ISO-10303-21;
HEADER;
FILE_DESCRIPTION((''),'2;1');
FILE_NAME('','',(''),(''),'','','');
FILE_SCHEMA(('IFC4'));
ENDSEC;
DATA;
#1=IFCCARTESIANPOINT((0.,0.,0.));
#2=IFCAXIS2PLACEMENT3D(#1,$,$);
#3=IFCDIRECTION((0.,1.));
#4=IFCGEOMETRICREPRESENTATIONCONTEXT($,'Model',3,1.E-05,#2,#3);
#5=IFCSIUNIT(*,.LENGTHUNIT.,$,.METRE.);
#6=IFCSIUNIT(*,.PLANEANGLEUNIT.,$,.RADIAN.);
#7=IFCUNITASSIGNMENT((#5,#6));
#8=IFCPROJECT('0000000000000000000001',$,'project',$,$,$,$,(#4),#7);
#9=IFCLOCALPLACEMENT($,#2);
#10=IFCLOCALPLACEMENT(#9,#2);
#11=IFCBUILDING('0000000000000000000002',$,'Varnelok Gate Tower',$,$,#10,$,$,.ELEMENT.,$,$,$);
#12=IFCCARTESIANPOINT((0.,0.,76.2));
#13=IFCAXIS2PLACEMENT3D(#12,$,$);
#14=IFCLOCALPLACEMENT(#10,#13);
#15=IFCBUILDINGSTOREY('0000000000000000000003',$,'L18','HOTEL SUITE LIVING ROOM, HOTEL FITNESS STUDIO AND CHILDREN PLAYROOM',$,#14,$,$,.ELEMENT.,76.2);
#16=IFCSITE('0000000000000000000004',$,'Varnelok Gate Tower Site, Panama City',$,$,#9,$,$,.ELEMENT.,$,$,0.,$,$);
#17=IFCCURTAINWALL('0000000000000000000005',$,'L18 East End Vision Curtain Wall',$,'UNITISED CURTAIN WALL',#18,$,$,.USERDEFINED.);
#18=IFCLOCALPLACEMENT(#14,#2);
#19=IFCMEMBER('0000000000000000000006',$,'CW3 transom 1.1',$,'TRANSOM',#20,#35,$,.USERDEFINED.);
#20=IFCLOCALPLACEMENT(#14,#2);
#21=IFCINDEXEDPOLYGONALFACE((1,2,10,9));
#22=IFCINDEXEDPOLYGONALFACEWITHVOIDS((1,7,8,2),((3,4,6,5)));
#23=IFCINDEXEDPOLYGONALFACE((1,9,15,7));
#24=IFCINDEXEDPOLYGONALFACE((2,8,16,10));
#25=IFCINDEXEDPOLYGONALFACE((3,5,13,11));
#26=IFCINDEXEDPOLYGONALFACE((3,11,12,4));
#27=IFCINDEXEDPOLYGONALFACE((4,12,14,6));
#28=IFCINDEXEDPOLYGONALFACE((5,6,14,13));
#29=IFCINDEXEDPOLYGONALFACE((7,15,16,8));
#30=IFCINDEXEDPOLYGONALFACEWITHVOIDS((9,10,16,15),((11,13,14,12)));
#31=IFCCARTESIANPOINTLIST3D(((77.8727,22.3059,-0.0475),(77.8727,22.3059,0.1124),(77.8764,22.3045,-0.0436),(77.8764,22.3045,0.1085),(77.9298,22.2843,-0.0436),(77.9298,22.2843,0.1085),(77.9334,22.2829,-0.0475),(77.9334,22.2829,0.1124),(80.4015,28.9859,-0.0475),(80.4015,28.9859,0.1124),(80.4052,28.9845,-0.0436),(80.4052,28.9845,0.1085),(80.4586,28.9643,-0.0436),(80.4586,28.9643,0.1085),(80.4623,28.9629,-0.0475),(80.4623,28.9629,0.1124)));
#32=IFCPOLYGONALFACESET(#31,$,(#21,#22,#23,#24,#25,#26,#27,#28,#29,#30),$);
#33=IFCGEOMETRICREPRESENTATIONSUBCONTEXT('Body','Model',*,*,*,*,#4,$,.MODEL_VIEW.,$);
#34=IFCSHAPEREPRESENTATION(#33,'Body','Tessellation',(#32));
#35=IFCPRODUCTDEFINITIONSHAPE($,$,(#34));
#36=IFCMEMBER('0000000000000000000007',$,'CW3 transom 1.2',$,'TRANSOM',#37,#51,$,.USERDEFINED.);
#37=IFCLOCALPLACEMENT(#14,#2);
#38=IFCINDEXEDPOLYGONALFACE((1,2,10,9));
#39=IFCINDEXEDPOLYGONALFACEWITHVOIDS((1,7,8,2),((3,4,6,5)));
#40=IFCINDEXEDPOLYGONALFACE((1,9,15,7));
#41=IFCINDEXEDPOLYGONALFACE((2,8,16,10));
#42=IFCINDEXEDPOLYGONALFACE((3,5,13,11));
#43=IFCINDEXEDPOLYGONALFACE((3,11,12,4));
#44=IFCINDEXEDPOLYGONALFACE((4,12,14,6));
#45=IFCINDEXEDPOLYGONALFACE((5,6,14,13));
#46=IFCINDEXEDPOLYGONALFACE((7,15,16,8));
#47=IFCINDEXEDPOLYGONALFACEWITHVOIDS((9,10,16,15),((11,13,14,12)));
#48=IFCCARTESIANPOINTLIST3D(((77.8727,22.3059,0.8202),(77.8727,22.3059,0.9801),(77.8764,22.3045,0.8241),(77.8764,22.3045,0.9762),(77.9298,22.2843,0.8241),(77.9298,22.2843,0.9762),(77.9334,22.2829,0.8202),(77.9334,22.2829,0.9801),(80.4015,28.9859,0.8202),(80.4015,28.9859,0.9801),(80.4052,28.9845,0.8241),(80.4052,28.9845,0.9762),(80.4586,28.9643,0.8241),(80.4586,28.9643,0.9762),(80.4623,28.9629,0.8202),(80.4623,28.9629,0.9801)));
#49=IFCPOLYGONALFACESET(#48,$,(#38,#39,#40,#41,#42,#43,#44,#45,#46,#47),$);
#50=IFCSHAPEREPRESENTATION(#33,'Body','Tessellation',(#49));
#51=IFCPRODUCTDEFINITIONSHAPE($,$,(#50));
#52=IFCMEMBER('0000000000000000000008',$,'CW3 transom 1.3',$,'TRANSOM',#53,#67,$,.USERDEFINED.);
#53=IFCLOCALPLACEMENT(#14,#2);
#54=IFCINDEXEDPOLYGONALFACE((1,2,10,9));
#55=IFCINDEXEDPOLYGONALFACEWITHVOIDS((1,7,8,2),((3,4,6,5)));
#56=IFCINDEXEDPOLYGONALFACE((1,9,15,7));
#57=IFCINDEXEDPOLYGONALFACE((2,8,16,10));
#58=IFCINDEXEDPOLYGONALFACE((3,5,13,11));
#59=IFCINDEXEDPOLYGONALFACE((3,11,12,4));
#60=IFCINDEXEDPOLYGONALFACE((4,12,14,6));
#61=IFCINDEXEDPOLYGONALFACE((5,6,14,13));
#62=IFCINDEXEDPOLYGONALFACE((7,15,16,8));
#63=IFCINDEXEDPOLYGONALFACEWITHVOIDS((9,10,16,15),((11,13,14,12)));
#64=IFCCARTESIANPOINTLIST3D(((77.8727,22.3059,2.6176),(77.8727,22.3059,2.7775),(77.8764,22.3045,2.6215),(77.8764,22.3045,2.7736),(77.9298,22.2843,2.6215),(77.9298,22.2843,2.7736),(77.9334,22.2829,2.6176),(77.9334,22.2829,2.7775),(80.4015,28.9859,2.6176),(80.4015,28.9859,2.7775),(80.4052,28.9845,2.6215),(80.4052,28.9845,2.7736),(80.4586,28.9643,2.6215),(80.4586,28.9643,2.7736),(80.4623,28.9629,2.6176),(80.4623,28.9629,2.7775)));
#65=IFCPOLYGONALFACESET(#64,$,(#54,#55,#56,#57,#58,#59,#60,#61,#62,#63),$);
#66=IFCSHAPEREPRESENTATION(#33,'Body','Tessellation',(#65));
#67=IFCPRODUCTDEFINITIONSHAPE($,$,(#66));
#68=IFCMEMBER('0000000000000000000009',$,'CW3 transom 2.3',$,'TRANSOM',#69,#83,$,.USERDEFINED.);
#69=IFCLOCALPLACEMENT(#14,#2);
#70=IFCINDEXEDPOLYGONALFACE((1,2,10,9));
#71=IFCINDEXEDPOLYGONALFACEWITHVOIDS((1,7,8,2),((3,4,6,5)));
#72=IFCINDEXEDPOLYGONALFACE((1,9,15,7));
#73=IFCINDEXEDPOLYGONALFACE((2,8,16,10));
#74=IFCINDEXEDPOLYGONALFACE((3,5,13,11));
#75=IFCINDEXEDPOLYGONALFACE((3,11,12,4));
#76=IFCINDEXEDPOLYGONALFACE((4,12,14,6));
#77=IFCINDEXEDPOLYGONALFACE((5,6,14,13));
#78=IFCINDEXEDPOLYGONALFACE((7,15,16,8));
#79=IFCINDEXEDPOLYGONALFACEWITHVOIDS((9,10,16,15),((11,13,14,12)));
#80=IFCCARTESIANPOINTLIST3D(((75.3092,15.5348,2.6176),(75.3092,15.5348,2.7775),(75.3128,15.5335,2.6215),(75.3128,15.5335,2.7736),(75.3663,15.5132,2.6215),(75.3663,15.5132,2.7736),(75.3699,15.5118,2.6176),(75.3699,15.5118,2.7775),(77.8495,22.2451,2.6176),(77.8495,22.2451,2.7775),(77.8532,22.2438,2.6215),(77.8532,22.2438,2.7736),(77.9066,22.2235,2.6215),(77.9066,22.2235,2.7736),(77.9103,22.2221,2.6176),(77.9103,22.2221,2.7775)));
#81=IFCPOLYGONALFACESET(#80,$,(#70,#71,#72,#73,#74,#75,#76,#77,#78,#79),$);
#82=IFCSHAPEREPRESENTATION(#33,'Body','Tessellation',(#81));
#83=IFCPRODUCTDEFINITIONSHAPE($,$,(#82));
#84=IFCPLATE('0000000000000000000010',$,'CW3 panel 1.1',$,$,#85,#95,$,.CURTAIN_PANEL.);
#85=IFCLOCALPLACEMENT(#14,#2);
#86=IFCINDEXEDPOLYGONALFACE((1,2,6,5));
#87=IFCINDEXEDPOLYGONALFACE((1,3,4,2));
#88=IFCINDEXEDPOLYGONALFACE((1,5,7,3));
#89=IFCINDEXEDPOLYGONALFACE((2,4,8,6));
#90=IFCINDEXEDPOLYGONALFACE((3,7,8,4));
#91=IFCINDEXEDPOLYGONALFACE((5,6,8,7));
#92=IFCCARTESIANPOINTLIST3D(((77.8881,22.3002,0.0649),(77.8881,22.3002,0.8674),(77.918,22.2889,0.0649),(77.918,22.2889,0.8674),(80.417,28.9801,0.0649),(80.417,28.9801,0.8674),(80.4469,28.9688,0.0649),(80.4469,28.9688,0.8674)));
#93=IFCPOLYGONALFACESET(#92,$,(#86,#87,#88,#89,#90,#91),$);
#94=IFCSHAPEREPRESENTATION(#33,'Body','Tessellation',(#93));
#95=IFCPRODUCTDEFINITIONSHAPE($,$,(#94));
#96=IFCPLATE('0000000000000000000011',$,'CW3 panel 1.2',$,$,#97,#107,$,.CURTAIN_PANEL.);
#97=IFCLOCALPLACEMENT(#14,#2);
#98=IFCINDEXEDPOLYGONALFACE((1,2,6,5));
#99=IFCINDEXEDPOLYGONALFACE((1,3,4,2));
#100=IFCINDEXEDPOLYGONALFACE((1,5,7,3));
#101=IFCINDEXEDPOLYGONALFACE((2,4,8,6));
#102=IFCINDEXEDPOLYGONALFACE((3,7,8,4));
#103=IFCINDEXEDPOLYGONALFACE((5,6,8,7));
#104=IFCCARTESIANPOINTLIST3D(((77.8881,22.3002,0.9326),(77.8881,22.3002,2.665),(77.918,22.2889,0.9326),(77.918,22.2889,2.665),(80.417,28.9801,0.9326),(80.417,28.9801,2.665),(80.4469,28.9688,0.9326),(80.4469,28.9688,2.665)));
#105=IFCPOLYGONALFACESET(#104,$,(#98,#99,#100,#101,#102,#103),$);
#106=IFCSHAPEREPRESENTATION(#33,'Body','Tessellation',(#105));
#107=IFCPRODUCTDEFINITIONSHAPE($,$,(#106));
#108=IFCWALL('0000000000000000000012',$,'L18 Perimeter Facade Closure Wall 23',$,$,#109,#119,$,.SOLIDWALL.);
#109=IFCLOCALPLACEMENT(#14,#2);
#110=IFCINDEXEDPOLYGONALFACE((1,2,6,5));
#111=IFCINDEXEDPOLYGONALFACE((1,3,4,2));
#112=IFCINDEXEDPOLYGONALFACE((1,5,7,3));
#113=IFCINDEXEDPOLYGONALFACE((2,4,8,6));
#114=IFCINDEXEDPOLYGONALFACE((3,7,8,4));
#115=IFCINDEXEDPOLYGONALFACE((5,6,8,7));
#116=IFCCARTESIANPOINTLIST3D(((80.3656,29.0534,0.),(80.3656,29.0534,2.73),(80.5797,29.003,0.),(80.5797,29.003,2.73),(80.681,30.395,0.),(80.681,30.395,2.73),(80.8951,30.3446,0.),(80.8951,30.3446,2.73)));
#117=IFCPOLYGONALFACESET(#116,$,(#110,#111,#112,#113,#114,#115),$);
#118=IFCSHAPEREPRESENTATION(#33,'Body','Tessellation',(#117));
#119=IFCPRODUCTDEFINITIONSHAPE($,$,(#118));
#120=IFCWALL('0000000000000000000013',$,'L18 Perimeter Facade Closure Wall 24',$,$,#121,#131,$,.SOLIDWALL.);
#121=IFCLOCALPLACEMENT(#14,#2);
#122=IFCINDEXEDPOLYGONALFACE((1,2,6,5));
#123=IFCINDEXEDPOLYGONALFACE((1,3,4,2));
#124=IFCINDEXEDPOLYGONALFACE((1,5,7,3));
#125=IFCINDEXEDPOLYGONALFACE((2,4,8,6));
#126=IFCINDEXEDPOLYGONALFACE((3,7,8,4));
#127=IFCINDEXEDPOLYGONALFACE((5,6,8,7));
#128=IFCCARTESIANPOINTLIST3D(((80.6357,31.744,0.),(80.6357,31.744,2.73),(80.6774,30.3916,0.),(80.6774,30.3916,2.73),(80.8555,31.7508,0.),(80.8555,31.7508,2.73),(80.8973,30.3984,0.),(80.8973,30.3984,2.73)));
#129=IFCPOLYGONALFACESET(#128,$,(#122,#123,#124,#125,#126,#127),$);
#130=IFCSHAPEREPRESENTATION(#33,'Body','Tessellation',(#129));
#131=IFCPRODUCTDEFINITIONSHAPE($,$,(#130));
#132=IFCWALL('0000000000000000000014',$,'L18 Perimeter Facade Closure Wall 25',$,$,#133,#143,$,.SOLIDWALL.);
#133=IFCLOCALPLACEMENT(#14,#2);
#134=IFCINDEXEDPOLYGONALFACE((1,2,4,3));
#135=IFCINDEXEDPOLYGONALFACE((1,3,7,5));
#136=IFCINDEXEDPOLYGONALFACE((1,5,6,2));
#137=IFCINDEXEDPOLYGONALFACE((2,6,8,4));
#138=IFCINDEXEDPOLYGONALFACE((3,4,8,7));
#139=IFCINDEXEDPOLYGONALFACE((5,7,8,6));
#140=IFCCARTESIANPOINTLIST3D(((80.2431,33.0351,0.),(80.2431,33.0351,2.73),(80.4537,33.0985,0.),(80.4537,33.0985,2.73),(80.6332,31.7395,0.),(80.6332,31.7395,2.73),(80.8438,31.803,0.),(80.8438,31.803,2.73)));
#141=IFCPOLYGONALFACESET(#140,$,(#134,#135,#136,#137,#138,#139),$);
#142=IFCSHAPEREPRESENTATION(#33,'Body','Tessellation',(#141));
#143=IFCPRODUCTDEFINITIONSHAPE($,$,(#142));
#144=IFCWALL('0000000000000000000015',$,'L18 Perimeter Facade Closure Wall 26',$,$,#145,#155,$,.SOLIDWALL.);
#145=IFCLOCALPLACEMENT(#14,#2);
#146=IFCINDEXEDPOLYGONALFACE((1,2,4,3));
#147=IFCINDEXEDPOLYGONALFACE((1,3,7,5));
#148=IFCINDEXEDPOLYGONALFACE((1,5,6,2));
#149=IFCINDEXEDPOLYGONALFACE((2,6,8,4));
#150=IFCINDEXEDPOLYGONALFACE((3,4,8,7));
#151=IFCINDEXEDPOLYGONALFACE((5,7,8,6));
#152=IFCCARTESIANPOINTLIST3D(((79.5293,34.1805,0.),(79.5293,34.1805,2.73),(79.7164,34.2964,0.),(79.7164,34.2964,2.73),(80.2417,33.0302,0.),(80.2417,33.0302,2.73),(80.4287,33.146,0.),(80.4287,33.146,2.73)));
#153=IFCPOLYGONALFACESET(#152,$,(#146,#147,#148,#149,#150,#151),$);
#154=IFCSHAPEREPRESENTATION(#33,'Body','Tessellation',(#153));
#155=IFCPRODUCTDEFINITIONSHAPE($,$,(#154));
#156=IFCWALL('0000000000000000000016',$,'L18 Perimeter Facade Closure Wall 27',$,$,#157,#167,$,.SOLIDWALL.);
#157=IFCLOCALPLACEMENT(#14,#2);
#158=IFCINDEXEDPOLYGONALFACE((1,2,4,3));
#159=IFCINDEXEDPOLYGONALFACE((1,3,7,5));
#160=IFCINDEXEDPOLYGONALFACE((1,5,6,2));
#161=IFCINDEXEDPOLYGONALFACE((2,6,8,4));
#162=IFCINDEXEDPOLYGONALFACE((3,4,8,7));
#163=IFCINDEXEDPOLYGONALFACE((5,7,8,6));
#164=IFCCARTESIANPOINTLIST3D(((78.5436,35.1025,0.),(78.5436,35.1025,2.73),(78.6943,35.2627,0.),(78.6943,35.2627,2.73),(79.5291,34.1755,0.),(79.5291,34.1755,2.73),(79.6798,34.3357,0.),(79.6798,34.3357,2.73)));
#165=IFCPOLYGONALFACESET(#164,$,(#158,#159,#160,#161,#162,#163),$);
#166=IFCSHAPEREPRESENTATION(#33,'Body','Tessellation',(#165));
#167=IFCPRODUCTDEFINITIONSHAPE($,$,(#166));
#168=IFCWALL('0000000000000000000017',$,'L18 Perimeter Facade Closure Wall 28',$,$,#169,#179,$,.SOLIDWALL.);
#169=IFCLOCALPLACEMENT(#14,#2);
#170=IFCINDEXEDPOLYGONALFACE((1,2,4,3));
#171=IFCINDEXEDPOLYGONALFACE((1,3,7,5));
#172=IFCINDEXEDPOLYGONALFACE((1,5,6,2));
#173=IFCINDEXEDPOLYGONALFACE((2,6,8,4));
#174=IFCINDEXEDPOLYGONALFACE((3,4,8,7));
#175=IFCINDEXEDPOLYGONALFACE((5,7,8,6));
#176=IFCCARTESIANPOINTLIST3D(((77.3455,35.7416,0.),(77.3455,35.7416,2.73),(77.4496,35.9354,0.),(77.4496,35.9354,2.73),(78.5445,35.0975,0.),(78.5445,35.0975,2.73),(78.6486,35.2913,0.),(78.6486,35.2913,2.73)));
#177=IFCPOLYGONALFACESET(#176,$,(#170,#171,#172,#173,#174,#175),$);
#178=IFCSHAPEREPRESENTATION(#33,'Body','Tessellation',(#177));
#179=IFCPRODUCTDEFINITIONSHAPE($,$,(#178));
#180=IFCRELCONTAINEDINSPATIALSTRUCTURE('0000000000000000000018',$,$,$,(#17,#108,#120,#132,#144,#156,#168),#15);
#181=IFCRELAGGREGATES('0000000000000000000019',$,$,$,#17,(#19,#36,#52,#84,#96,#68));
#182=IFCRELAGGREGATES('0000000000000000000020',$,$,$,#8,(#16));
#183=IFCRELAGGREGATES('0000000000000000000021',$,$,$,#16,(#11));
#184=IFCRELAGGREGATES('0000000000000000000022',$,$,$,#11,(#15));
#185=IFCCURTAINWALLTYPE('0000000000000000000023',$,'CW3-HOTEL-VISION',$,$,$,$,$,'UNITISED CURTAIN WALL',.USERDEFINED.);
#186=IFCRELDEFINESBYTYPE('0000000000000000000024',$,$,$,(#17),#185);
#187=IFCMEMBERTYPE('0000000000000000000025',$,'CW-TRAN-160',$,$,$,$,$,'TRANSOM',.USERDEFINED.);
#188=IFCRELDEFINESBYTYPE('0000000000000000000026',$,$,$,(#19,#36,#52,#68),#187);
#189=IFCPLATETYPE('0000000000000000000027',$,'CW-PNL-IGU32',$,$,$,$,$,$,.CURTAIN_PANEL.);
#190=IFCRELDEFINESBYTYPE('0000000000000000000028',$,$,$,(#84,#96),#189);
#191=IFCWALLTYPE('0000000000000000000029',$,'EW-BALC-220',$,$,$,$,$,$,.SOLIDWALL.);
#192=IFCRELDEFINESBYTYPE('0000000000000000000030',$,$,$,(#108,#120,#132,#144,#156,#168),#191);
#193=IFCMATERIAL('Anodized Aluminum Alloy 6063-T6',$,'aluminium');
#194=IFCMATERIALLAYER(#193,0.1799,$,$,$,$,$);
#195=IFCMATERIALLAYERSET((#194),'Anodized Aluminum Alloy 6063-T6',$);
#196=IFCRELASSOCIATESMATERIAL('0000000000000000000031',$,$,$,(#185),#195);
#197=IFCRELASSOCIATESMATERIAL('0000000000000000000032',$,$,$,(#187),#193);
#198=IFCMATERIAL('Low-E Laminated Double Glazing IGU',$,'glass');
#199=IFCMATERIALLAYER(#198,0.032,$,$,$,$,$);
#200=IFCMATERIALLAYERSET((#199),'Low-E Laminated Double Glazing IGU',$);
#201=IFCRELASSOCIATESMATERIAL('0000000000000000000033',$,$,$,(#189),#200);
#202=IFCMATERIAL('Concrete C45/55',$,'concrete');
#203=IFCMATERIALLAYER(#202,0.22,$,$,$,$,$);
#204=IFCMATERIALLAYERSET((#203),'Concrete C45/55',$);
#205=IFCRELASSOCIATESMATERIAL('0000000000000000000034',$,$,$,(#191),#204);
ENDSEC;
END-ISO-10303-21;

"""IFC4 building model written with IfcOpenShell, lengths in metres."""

from ifc_helpers import new_model, si_unit, direction, frame, frame_2d, origin, origin_2d, place, context, subcontext, project, spatial, rectangle, hollow_rectangle, extrude, source, transform, mapped, material, layer, layer_set, material_profile, profile_set, type_object, element, aggregate, save


model = new_model("IFC4")

# Units and contexts
model_context = context("Model", 3, precision=1e-05, world=origin(), true_north=direction((0.0, 1.0)))
body_context = subcontext(model_context, "Body", "Model", "MODEL_VIEW")
ifc_project = project(units=[si_unit("LENGTHUNIT", "METRE"), si_unit("PLANEANGLEUNIT", "RADIAN")], contexts=[model_context])

# Site, building, storey
site_placement = place(None, origin())
site = spatial("IfcSite", under=ifc_project, at=site_placement, Name="Varnelok Gate Tower Site, Panama City", CompositionType="ELEMENT", RefElevation=0.0)
building_placement = place(site_placement, origin())
building = spatial("IfcBuilding", under=site, at=building_placement, Name="Varnelok Gate Tower", CompositionType="ELEMENT")
storey_placement = place(building_placement, frame((0.0, 0.0, 76.2)))
storey = spatial("IfcBuildingStorey", under=building, at=storey_placement, Name="L18", Description="HOTEL SUITE LIVING ROOM, HOTEL FITNESS STUDIO AND CHILDREN PLAYROOM", CompositionType="ELEMENT", Elevation=76.2)

# Curtain wall, members, plates
ifc_material_1 = material(Name="Anodized Aluminum Alloy 6063-T6", Category="aluminium")
ifc_layer_1 = layer(ifc_material_1, 0.1799)
ifc_layer_set_1 = layer_set([ifc_layer_1], Name="Anodized Aluminum Alloy 6063-T6")
curtain_wall_type = type_object("IfcCurtainWallType", Name="CW3-HOTEL-VISION", ElementType="UNITISED CURTAIN WALL", PredefinedType="USERDEFINED", material=ifc_layer_set_1)
curtain_wall_placement = place(storey_placement, origin())
curtain_wall = element("IfcCurtainWall", 1, at=curtain_wall_placement, inside=storey, type_object=curtain_wall_type, Name="L18 East End Vision Curtain Wall", ObjectType="UNITISED CURTAIN WALL", PredefinedType="USERDEFINED")
ifc_material_profile_1 = material_profile(ifc_material_1, hollow_rectangle(XDim=0.0649, YDim=0.1599, WallThickness=0.0039, at=origin_2d()), Name="ALU160X65X4")
ifc_profile_set_1 = profile_set([ifc_material_profile_1], Name="Anodized Aluminum Alloy 6063-T6")
member_type_1 = type_object("IfcMemberType", Name="CW-TRAN-160", ElementType="TRANSOM", PredefinedType="USERDEFINED", material=ifc_profile_set_1)
member_1_placement = place(storey_placement, frame((80.4319, 28.9744, 0.0325), z_axis=(-0.354047, -0.935228, 0.0), x_axis=(0.935228, -0.354047, 0.0)))
member_1 = element("IfcMember", 2, at=member_1_placement, type_object=member_type_1, Name="CW3 transom 1.1", ObjectType="TRANSOM", PredefinedType="USERDEFINED", context=body_context, shape_type="SweptSolid", body=[
    extrude(hollow_rectangle(XDim=0.0649, YDim=0.1599, WallThickness=0.0039, at=origin_2d()), origin(), (0.0, 0.0, 1.0), 7.1426),
])
member_2_placement = place(storey_placement, frame((80.4319, 28.9744, 0.9001), z_axis=(-0.354047, -0.935228, 0.0), x_axis=(0.935228, -0.354047, 0.0)))
member_2 = element("IfcMember", 3, at=member_2_placement, type_object=member_type_1, Name="CW3 transom 1.2", ObjectType="TRANSOM", PredefinedType="USERDEFINED", context=body_context, shape_type="SweptSolid", body=[
    extrude(hollow_rectangle(XDim=0.0649, YDim=0.1599, WallThickness=0.0039, at=origin_2d()), origin(), (0.0, 0.0, 1.0), 7.1426),
])
member_3_placement = place(storey_placement, frame((80.4319, 28.9744, 2.6975), z_axis=(-0.354047, -0.935228, 0.0), x_axis=(0.935228, -0.354047, 0.0)))
member_3 = element("IfcMember", 4, at=member_3_placement, type_object=member_type_1, Name="CW3 transom 1.3", ObjectType="TRANSOM", PredefinedType="USERDEFINED", context=body_context, shape_type="SweptSolid", body=[
    extrude(hollow_rectangle(XDim=0.0649, YDim=0.1599, WallThickness=0.0039, at=origin_2d()), origin(), (0.0, 0.0, 1.0), 7.1426),
])
member_4_placement = place(storey_placement, frame((77.8799, 22.2336, 2.6975), z_axis=(-0.354049, -0.935227, 0.0), x_axis=(0.935227, -0.354049, 0.0)))
member_4 = element("IfcMember", 5, at=member_4_placement, type_object=member_type_1, Name="CW3 transom 2.3", ObjectType="TRANSOM", PredefinedType="USERDEFINED", context=body_context, shape_type="SweptSolid", body=[
    extrude(hollow_rectangle(XDim=0.0649, YDim=0.1599, WallThickness=0.0039, at=origin_2d()), origin(), (0.0, 0.0, 1.0), 7.175),
])
ifc_material_2 = material(Name="Low-E Laminated Double Glazing IGU", Category="glass")
ifc_layer_2 = layer(ifc_material_2, 0.032)
ifc_layer_set_2 = layer_set([ifc_layer_2], Name="Low-E Laminated Double Glazing IGU")
plate_type = type_object("IfcPlateType", Name="CW-PNL-IGU32", PredefinedType="CURTAIN_PANEL", material=ifc_layer_set_2)
shared_shape_1 = source(origin(), body_context, "Body", "SweptSolid", [
    extrude(rectangle(XDim=7.1426, YDim=0.032, at=origin_2d()), origin(), (0.0, 0.0, 1.0), 0.8025),
])
plate_1_placement = place(storey_placement, frame((79.1675, 25.6345, 0.0649), z_axis=(0.0, 0.0, 1.0), x_axis=(-0.354064, -0.935221, 0.0)))
plate_1 = element("IfcPlate", 6, at=plate_1_placement, type_object=plate_type, Name="CW3 panel 1.1", PredefinedType="CURTAIN_PANEL", context=body_context, shape_type="MappedRepresentation", body=[
    mapped(shared_shape_1, transform((0.0, 0.0, 0.0), scale=1.0)),
])
shared_shape_2 = source(origin(), body_context, "Body", "SweptSolid", [
    extrude(rectangle(XDim=7.1426, YDim=0.032, at=origin_2d()), origin(), (0.0, 0.0, 1.0), 1.7324),
])
plate_2_placement = place(storey_placement, frame((79.1675, 25.6345, 0.9326), z_axis=(0.0, 0.0, 1.0), x_axis=(-0.354064, -0.935221, 0.0)))
plate_2 = element("IfcPlate", 7, at=plate_2_placement, type_object=plate_type, Name="CW3 panel 1.2", PredefinedType="CURTAIN_PANEL", context=body_context, shape_type="MappedRepresentation", body=[
    mapped(shared_shape_2, transform((0.0, 0.0, 0.0), scale=1.0)),
])
aggregate(curtain_wall, [member_1, member_2, member_3, plate_1, plate_2, member_4])

# Walls
ifc_material_3 = material(Name="Concrete C45/55", Category="concrete")
ifc_layer_3 = layer(ifc_material_3, 0.22)
ifc_layer_set_3 = layer_set([ifc_layer_3], Name="Concrete C45/55")
wall_type = type_object("IfcWallType", Name="EW-BALC-220", PredefinedType="SOLIDWALL", material=ifc_layer_set_3)
wall_1_placement = place(storey_placement, frame((80.4727, 29.0283, 0.0), z_axis=(0.0, 0.0, 1.0), x_axis=(0.228881, 0.973454, 0.0)))
element("IfcWall", 8, at=wall_1_placement, inside=storey, type_object=wall_type, Name="L18 Perimeter Facade Closure Wall 23", PredefinedType="SOLIDWALL", context=body_context, shape_type="SweptSolid", body=[
    extrude(rectangle(XDim=1.3782, YDim=0.22, at=frame_2d((0.689, 0.0))), origin(), (0.0, 0.0, 1.0), 2.73),
])
for number, where, z_axis, x_axis, name in (
    (9, (80.7874, 30.395, 0.0), (0.0, 0.0, 1.0), (-0.030857, 0.999524, 0.0), "L18 Perimeter Facade Closure Wall 24"),
    (10, (80.7385, 31.7712, 0.0), (0.0, 0.0, 1.0), (-0.288324, 0.957533, 0.0), "L18 Perimeter Facade Closure Wall 25"),
    (11, (80.3352, 33.0881, 0.0), (0.0, 0.0, 1.0), (-0.526491, 0.850181, 0.0), "L18 Perimeter Facade Closure Wall 26"),
    (12, (79.6045, 34.2556, 0.0), (0.0, 0.0, 1.0), (-0.728428, 0.685123, 0.0), "L18 Perimeter Facade Closure Wall 27"),
):
    element("IfcWall", number, at=place(storey_placement, frame(where, z_axis=z_axis, x_axis=x_axis)), inside=storey, type_object=wall_type, Name=name, PredefinedType="SOLIDWALL", context=body_context, shape_type="SweptSolid", body=[
        extrude(rectangle(XDim=1.353, YDim=0.22, at=frame_2d((0.6765, 0.0))), origin(), (0.0, 0.0, 1.0), 2.73),
    ])
wall_2_placement = place(storey_placement, frame((78.5967, 35.1943, 0.0), z_axis=(0.0, 0.0, 1.0), x_axis=(-0.880949, 0.473212, 0.0)))
element("IfcWall", 13, at=wall_2_placement, inside=storey, type_object=wall_type, Name="L18 Perimeter Facade Closure Wall 28", PredefinedType="SOLIDWALL", context=body_context, shape_type="SweptSolid", body=[
    extrude(rectangle(XDim=1.3611, YDim=0.22, at=frame_2d((0.6807, 0.0))), origin(), (0.0, 0.0, 1.0), 2.73),
])

save(model, "model.ifc")
